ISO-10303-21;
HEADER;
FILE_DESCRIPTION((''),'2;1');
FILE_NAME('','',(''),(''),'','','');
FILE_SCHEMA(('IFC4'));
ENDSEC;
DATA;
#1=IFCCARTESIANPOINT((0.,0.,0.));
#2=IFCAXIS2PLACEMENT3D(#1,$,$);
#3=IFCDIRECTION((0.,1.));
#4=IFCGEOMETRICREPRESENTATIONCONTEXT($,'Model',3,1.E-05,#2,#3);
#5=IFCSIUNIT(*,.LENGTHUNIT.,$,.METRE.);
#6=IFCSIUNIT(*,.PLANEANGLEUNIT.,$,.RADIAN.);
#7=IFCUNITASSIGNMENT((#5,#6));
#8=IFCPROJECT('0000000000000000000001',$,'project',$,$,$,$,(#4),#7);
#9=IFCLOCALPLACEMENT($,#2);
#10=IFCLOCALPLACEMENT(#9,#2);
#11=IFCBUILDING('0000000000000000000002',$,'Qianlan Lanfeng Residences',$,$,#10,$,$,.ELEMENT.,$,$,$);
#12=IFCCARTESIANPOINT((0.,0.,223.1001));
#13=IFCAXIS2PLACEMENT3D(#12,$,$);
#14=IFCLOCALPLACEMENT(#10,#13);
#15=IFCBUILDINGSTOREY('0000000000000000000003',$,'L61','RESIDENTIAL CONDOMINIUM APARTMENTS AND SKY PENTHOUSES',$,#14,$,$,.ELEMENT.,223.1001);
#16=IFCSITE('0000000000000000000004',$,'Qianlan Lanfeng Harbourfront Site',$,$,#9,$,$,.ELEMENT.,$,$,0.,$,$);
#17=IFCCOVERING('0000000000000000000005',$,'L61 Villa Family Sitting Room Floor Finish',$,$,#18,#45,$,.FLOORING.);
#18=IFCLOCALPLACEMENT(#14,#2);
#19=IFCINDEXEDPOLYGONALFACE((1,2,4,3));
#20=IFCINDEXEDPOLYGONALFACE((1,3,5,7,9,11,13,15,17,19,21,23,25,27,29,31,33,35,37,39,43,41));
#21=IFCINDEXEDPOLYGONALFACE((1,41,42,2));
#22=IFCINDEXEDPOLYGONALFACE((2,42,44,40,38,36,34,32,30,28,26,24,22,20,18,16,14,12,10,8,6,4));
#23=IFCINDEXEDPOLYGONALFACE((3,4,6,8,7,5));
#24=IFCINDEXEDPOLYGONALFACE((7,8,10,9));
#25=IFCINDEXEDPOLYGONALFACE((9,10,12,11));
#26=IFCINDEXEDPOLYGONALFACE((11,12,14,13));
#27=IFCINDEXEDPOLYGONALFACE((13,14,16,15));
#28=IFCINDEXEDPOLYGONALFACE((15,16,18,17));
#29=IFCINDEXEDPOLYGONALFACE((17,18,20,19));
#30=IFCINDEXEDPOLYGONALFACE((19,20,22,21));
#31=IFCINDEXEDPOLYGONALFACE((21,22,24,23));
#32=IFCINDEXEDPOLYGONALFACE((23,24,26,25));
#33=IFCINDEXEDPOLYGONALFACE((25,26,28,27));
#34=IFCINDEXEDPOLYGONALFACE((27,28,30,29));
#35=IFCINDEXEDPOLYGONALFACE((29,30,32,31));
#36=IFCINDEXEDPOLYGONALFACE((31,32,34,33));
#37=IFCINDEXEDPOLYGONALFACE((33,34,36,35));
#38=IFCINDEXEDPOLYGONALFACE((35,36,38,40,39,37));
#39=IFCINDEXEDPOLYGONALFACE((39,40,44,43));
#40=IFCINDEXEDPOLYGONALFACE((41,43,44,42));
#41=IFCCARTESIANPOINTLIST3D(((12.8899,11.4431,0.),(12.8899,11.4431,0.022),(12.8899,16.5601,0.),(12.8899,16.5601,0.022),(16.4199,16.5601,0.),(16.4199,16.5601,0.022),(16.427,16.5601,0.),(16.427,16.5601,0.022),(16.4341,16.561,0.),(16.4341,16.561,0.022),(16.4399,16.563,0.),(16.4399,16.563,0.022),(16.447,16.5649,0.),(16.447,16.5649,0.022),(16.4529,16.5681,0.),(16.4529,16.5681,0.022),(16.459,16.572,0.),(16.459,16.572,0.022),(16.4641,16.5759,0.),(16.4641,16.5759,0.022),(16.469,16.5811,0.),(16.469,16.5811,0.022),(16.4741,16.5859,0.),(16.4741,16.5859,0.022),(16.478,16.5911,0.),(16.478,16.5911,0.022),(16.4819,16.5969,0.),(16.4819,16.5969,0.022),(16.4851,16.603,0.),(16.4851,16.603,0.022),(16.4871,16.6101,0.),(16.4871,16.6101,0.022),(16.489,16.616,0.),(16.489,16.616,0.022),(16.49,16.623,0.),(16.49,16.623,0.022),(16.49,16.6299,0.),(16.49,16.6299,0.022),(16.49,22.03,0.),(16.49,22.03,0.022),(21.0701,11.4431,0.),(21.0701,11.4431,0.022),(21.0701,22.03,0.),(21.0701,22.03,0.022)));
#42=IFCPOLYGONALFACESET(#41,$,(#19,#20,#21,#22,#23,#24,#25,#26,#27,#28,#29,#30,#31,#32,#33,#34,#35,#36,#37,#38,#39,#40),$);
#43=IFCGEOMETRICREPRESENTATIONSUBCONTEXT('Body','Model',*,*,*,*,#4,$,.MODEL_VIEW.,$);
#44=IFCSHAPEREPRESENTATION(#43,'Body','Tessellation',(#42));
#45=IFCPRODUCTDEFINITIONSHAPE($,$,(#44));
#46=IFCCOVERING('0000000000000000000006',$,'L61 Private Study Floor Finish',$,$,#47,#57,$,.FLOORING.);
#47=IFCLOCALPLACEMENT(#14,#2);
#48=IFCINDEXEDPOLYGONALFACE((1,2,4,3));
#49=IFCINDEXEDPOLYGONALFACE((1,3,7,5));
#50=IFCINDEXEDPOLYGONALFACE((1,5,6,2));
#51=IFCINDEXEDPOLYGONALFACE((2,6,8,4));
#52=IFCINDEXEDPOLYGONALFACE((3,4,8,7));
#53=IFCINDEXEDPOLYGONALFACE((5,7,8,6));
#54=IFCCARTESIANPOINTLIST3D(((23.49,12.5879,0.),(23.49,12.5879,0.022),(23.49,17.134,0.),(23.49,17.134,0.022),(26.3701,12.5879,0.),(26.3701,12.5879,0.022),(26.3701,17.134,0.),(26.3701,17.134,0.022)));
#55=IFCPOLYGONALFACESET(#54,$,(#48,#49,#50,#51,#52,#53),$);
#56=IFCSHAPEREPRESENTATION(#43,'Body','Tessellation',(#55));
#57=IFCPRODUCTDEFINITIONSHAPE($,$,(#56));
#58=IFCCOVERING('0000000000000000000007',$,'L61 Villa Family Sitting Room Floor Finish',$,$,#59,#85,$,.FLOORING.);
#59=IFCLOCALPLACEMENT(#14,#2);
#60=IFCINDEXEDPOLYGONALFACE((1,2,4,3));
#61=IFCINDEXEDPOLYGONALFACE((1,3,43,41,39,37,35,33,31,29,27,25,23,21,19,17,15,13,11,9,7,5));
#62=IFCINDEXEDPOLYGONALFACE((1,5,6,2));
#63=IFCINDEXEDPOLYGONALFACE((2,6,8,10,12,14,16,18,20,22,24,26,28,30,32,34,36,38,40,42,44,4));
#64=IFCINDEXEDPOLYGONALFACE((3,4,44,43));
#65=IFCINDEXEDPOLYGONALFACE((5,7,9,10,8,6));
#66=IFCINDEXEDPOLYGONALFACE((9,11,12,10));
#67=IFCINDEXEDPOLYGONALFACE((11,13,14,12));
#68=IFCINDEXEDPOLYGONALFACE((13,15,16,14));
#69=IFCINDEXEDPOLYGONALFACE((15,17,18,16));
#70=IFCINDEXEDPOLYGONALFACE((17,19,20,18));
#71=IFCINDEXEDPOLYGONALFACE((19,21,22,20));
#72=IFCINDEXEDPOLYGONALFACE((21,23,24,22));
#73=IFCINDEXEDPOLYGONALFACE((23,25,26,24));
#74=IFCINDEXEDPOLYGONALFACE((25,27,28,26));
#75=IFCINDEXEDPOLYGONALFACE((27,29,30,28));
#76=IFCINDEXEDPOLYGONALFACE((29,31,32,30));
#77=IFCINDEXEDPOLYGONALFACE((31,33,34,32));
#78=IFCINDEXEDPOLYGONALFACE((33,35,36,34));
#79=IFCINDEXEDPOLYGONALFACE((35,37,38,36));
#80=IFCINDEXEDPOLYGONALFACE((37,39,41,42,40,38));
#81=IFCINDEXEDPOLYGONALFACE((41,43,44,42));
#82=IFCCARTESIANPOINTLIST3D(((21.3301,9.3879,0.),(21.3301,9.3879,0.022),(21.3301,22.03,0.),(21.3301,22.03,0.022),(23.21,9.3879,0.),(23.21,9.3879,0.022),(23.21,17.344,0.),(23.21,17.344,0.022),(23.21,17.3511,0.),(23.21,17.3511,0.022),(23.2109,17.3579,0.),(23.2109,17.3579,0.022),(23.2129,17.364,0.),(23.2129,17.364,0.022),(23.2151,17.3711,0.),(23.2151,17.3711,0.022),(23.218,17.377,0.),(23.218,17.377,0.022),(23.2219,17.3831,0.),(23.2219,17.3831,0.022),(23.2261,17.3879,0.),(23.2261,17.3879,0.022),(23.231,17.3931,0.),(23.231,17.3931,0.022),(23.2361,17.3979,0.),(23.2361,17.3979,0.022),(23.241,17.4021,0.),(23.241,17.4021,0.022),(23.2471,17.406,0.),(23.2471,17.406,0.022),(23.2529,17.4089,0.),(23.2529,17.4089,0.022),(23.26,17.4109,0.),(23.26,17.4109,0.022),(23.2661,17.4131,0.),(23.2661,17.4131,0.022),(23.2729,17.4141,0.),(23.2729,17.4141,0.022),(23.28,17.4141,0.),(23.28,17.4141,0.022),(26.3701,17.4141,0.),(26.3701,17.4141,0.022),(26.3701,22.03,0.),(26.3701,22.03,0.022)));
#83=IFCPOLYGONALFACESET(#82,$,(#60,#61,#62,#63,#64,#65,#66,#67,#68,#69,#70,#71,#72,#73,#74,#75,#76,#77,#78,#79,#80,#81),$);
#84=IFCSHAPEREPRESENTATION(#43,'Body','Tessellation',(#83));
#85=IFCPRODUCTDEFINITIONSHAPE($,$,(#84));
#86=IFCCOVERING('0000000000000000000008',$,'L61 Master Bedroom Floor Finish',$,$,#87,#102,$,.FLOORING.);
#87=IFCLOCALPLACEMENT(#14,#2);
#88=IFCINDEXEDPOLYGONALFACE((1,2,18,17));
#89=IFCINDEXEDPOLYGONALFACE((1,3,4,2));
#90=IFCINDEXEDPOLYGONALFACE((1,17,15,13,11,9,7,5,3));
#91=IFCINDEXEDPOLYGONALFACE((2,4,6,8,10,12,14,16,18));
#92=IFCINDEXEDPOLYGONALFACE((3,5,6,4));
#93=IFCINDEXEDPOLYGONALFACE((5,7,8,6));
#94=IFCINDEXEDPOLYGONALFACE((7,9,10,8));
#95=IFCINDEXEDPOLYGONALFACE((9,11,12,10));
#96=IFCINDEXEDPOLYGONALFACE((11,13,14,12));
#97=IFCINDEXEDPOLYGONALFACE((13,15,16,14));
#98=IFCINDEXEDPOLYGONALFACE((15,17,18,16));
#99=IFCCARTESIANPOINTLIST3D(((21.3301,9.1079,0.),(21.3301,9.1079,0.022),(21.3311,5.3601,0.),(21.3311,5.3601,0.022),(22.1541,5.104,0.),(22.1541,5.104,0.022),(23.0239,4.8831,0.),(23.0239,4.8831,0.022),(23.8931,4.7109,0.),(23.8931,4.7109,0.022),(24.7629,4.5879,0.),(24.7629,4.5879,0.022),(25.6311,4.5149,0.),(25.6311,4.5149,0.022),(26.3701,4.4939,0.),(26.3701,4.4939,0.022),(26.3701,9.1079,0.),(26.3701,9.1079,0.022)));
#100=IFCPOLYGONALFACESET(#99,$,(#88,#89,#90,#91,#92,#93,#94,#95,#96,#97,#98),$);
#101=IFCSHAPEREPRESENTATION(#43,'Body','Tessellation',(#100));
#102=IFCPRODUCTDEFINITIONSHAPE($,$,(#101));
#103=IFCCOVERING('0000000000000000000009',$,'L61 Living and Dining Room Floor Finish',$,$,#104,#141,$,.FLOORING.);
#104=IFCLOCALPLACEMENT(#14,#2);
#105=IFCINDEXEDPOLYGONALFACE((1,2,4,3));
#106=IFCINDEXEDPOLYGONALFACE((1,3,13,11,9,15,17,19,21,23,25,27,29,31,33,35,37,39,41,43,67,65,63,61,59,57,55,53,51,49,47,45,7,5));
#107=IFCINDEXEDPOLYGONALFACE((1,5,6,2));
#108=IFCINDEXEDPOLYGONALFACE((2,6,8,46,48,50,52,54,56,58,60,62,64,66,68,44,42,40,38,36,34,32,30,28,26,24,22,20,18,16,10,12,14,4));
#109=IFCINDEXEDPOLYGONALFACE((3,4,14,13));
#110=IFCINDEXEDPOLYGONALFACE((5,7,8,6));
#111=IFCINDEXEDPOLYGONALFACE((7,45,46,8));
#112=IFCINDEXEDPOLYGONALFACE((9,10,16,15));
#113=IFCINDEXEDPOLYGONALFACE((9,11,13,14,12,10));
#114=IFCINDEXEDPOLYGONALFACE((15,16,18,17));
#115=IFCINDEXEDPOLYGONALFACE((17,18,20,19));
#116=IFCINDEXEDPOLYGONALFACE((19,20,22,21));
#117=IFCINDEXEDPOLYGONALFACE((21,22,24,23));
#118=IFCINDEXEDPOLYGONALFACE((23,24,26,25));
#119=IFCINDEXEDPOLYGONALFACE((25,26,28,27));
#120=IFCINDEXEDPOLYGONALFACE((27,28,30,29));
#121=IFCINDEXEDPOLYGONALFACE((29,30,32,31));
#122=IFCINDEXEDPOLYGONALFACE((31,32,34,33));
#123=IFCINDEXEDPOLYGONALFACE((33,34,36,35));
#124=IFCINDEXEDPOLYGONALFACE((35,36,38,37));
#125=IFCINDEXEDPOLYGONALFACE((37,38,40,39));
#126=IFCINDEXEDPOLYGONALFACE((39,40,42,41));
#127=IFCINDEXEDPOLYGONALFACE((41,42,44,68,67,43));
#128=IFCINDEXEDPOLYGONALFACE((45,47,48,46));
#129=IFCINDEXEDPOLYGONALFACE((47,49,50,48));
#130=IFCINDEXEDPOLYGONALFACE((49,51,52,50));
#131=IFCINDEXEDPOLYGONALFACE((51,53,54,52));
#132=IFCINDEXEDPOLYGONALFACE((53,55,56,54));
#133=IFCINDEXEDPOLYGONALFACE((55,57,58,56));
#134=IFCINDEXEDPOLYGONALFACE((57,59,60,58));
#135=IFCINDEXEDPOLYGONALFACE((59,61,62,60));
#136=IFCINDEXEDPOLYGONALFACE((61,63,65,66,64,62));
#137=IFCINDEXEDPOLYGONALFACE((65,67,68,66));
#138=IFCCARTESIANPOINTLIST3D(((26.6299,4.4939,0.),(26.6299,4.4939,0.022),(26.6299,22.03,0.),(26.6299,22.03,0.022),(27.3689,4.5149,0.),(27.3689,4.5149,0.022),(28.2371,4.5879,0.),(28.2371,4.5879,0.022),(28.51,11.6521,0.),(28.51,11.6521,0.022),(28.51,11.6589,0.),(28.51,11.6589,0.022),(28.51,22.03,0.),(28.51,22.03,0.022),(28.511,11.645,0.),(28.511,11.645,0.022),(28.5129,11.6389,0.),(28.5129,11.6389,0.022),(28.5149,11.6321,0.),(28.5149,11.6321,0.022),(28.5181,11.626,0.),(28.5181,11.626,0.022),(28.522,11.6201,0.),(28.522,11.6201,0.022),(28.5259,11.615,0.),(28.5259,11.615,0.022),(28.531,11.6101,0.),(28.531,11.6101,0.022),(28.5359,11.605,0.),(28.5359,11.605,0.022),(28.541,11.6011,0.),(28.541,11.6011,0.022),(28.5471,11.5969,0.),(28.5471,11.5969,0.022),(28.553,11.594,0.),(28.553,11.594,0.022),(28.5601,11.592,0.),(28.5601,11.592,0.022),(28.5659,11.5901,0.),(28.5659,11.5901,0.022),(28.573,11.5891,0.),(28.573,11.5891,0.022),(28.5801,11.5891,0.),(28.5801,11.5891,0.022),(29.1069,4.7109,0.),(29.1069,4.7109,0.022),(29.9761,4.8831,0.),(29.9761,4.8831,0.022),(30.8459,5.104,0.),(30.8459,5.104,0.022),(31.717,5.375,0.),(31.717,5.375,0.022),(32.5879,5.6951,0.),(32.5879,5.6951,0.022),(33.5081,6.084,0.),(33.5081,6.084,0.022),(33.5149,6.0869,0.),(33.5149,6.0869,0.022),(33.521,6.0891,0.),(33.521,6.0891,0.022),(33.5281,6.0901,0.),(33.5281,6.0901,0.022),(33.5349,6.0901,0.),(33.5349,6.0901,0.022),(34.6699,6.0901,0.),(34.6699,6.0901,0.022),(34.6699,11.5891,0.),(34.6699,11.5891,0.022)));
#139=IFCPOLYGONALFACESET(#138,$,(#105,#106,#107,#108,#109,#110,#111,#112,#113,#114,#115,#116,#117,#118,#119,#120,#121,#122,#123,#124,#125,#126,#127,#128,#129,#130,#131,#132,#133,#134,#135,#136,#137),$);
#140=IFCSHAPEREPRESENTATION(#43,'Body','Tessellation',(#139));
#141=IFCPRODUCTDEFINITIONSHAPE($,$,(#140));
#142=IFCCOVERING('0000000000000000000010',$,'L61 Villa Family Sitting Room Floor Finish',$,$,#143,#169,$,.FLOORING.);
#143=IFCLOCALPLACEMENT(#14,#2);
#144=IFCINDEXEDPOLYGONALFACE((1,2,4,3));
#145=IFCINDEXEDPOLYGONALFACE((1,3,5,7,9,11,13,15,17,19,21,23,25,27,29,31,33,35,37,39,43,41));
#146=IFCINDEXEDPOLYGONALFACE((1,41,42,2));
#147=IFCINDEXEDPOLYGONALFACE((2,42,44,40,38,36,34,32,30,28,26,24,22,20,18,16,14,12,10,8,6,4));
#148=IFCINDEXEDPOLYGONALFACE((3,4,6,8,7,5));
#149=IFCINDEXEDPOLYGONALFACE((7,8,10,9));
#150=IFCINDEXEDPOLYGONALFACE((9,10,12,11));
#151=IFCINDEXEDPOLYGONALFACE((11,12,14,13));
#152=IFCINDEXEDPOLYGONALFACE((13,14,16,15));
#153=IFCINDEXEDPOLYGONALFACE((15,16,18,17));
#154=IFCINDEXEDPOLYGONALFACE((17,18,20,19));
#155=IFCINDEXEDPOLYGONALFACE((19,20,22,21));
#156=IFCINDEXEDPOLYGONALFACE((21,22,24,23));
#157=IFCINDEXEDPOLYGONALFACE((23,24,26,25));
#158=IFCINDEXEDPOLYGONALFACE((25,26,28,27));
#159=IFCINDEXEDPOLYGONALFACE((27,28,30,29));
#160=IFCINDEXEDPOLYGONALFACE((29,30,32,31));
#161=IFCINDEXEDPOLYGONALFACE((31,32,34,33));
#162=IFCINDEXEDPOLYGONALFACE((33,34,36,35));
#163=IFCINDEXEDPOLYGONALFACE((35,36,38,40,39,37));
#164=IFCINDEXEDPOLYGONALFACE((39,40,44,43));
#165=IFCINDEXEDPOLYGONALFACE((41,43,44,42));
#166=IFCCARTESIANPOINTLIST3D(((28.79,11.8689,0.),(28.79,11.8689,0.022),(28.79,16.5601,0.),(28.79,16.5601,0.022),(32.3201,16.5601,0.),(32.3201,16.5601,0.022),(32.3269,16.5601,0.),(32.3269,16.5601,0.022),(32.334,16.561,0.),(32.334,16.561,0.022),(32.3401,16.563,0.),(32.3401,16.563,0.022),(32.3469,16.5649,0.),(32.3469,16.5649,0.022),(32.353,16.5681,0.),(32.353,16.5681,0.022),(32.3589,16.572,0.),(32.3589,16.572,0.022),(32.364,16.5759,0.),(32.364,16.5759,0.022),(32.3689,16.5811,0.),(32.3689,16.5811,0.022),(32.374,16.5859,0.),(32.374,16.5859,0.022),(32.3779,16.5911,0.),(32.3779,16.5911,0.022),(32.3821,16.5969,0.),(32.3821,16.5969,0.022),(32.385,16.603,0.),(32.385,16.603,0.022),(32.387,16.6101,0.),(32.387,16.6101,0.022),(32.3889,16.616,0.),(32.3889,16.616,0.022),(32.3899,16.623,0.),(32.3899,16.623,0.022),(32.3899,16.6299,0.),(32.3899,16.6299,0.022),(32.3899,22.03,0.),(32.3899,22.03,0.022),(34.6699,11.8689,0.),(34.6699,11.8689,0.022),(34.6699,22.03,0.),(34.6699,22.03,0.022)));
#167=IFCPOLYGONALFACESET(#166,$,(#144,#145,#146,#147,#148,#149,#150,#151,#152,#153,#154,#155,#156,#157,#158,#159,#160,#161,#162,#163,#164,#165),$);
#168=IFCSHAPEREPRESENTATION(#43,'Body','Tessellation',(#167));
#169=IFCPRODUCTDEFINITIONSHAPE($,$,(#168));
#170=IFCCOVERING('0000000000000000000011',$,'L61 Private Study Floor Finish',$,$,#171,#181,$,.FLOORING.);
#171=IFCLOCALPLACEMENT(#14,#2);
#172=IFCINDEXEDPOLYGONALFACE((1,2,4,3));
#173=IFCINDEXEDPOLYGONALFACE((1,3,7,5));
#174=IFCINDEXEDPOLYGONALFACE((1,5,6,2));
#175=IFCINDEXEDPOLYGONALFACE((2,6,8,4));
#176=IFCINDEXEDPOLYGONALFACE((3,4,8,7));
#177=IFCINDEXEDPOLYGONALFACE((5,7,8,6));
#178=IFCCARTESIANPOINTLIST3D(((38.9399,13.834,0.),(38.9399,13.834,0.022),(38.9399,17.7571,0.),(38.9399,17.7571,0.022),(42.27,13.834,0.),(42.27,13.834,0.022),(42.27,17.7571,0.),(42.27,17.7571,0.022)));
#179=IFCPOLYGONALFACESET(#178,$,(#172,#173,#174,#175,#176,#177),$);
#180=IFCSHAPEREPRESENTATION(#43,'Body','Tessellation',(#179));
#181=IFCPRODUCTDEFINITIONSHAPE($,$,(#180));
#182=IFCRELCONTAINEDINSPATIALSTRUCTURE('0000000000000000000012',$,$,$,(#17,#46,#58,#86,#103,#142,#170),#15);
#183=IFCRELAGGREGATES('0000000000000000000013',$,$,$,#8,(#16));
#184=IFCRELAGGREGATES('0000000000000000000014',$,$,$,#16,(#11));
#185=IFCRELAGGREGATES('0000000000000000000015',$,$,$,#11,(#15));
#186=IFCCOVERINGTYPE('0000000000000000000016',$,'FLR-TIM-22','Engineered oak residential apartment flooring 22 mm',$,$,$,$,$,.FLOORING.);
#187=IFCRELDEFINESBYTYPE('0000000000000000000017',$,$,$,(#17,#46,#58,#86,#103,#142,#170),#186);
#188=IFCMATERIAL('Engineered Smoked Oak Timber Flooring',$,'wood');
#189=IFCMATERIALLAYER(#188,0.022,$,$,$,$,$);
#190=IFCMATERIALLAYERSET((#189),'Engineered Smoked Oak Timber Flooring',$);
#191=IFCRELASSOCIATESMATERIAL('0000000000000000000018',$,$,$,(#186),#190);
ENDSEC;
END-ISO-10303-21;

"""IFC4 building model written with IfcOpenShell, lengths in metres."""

from ifc_helpers import new_model, si_unit, direction, frame, origin, place, context, subcontext, project, spatial, polyline, outline, extrude, material, layer, layer_set, type_object, element, save


model = new_model("IFC4")

# Units and contexts
model_context = context("Model", 3, precision=1e-05, world=origin(), true_north=direction((0.0, 1.0)))
body_context = subcontext(model_context, "Body", "Model", "MODEL_VIEW")
ifc_project = project(units=[si_unit("LENGTHUNIT", "METRE"), si_unit("PLANEANGLEUNIT", "RADIAN")], contexts=[model_context])

# Site, building, storey
site_placement = place(None, origin())
site = spatial("IfcSite", under=ifc_project, at=site_placement, Name="Qianlan Lanfeng Harbourfront Site", CompositionType="ELEMENT", RefElevation=0.0)
building_placement = place(site_placement, origin())
building = spatial("IfcBuilding", under=site, at=building_placement, Name="Qianlan Lanfeng Residences", CompositionType="ELEMENT")
storey_placement = place(building_placement, frame((0.0, 0.0, 223.1001)))
storey = spatial("IfcBuildingStorey", under=building, at=storey_placement, Name="L61", Description="RESIDENTIAL CONDOMINIUM APARTMENTS AND SKY PENTHOUSES", CompositionType="ELEMENT", Elevation=223.1001)

# Coverings
ifc_material_1 = material(Name="Engineered Smoked Oak Timber Flooring", Category="wood")
ifc_layer_1 = layer(ifc_material_1, 0.022)
ifc_layer_set_1 = layer_set([ifc_layer_1], Name="Engineered Smoked Oak Timber Flooring")
covering_type_1 = type_object("IfcCoveringType", Name="FLR-TIM-22", Description="Engineered oak residential apartment flooring 22 mm", PredefinedType="FLOORING", material=ifc_layer_set_1)
covering_1_placement = place(storey_placement, origin())
element("IfcCovering", 1, at=covering_1_placement, inside=storey, type_object=covering_type_1, Name="L61 Villa Family Sitting Room Floor Finish", PredefinedType="FLOORING", context=body_context, shape_type="SweptSolid", body=[
    extrude(outline(polyline([(12.8899, 11.4431), (21.0701, 11.4431), (21.0701, 22.03), (16.49, 22.03), (16.49, 16.6299), (16.49, 16.623), (16.489, 16.616), (16.4871, 16.6101), (16.4851, 16.603), (16.4819, 16.5969), (16.478, 16.5911), (16.4741, 16.5859), (16.469, 16.5811), (16.4641, 16.5759), (16.459, 16.572), (16.4529, 16.5681), (16.447, 16.5649), (16.4399, 16.563), (16.4341, 16.561), (16.427, 16.5601), (16.4199, 16.5601), (12.8899, 16.5601), (12.8899, 11.4431)])), origin(), (0.0, 0.0, 1.0), 0.022),
])
covering_2_placement = place(storey_placement, origin())
element("IfcCovering", 2, at=covering_2_placement, inside=storey, type_object=covering_type_1, Name="L61 Private Study Floor Finish", PredefinedType="FLOORING", context=body_context, shape_type="SweptSolid", body=[
    extrude(outline(polyline([(23.49, 12.5879), (26.3701, 12.5879), (26.3701, 17.134), (23.49, 17.134), (23.49, 12.5879)])), origin(), (0.0, 0.0, 1.0), 0.022),
])
covering_3_placement = place(storey_placement, origin())
element("IfcCovering", 3, at=covering_3_placement, inside=storey, type_object=covering_type_1, Name="L61 Villa Family Sitting Room Floor Finish", PredefinedType="FLOORING", context=body_context, shape_type="SweptSolid", body=[
    extrude(outline(polyline([(21.3301, 9.3879), (23.21, 9.3879), (23.21, 17.344), (23.21, 17.3511), (23.2109, 17.3579), (23.2129, 17.364), (23.2151, 17.3711), (23.218, 17.377), (23.2219, 17.3831), (23.2261, 17.3879), (23.231, 17.3931), (23.2361, 17.3979), (23.241, 17.4021), (23.2471, 17.406), (23.2529, 17.4089), (23.26, 17.4109), (23.2661, 17.4131), (23.2729, 17.4141), (23.28, 17.4141), (26.3701, 17.4141), (26.3701, 22.03), (21.3301, 22.03), (21.3301, 9.3879)])), origin(), (0.0, 0.0, 1.0), 0.022),
])
covering_4_placement = place(storey_placement, origin())
element("IfcCovering", 4, at=covering_4_placement, inside=storey, type_object=covering_type_1, Name="L61 Master Bedroom Floor Finish", PredefinedType="FLOORING", context=body_context, shape_type="SweptSolid", body=[
    extrude(outline(polyline([(21.3301, 9.1079), (21.3311, 5.3601), (22.1541, 5.104), (23.0239, 4.8831), (23.8931, 4.7109), (24.7629, 4.5879), (25.6311, 4.5149), (26.3701, 4.4939), (26.3701, 9.1079), (21.3301, 9.1079)])), origin(), (0.0, 0.0, 1.0), 0.022),
])
covering_5_placement = place(storey_placement, origin())
element("IfcCovering", 5, at=covering_5_placement, inside=storey, type_object=covering_type_1, Name="L61 Living and Dining Room Floor Finish", PredefinedType="FLOORING", context=body_context, shape_type="SweptSolid", body=[
    extrude(outline(polyline([(34.6699, 6.0901), (34.6699, 11.5891), (28.5801, 11.5891), (28.573, 11.5891), (28.5659, 11.5901), (28.5601, 11.592), (28.553, 11.594), (28.5471, 11.5969), (28.541, 11.6011), (28.5359, 11.605), (28.531, 11.6101), (28.5259, 11.615), (28.522, 11.6201), (28.5181, 11.626), (28.5149, 11.6321), (28.5129, 11.6389), (28.511, 11.645), (28.51, 11.6521), (28.51, 11.6589), (28.51, 22.03), (26.6299, 22.03), (26.6299, 4.4939), (27.3689, 4.5149), (28.2371, 4.5879), (29.1069, 4.7109), (29.9761, 4.8831), (30.8459, 5.104), (31.717, 5.375), (32.5879, 5.6951), (33.5081, 6.084), (33.5149, 6.0869), (33.521, 6.0891), (33.5281, 6.0901), (33.5349, 6.0901), (34.6699, 6.0901)])), origin(), (0.0, 0.0, 1.0), 0.022),
])
covering_6_placement = place(storey_placement, origin())
element("IfcCovering", 6, at=covering_6_placement, inside=storey, type_object=covering_type_1, Name="L61 Villa Family Sitting Room Floor Finish", PredefinedType="FLOORING", context=body_context, shape_type="SweptSolid", body=[
    extrude(outline(polyline([(28.79, 11.8689), (34.6699, 11.8689), (34.6699, 22.03), (32.3899, 22.03), (32.3899, 16.6299), (32.3899, 16.623), (32.3889, 16.616), (32.387, 16.6101), (32.385, 16.603), (32.3821, 16.5969), (32.3779, 16.5911), (32.374, 16.5859), (32.3689, 16.5811), (32.364, 16.5759), (32.3589, 16.572), (32.353, 16.5681), (32.3469, 16.5649), (32.3401, 16.563), (32.334, 16.561), (32.3269, 16.5601), (32.3201, 16.5601), (28.79, 16.5601), (28.79, 11.8689)])), origin(), (0.0, 0.0, 1.0), 0.022),
])
covering_7_placement = place(storey_placement, origin())
element("IfcCovering", 7, at=covering_7_placement, inside=storey, type_object=covering_type_1, Name="L61 Private Study Floor Finish", PredefinedType="FLOORING", context=body_context, shape_type="SweptSolid", body=[
    extrude(outline(polyline([(38.9399, 13.834), (42.27, 13.834), (42.27, 17.7571), (38.9399, 17.7571), (38.9399, 13.834)])), origin(), (0.0, 0.0, 1.0), 0.022),
])

save(model, "model.ifc")
